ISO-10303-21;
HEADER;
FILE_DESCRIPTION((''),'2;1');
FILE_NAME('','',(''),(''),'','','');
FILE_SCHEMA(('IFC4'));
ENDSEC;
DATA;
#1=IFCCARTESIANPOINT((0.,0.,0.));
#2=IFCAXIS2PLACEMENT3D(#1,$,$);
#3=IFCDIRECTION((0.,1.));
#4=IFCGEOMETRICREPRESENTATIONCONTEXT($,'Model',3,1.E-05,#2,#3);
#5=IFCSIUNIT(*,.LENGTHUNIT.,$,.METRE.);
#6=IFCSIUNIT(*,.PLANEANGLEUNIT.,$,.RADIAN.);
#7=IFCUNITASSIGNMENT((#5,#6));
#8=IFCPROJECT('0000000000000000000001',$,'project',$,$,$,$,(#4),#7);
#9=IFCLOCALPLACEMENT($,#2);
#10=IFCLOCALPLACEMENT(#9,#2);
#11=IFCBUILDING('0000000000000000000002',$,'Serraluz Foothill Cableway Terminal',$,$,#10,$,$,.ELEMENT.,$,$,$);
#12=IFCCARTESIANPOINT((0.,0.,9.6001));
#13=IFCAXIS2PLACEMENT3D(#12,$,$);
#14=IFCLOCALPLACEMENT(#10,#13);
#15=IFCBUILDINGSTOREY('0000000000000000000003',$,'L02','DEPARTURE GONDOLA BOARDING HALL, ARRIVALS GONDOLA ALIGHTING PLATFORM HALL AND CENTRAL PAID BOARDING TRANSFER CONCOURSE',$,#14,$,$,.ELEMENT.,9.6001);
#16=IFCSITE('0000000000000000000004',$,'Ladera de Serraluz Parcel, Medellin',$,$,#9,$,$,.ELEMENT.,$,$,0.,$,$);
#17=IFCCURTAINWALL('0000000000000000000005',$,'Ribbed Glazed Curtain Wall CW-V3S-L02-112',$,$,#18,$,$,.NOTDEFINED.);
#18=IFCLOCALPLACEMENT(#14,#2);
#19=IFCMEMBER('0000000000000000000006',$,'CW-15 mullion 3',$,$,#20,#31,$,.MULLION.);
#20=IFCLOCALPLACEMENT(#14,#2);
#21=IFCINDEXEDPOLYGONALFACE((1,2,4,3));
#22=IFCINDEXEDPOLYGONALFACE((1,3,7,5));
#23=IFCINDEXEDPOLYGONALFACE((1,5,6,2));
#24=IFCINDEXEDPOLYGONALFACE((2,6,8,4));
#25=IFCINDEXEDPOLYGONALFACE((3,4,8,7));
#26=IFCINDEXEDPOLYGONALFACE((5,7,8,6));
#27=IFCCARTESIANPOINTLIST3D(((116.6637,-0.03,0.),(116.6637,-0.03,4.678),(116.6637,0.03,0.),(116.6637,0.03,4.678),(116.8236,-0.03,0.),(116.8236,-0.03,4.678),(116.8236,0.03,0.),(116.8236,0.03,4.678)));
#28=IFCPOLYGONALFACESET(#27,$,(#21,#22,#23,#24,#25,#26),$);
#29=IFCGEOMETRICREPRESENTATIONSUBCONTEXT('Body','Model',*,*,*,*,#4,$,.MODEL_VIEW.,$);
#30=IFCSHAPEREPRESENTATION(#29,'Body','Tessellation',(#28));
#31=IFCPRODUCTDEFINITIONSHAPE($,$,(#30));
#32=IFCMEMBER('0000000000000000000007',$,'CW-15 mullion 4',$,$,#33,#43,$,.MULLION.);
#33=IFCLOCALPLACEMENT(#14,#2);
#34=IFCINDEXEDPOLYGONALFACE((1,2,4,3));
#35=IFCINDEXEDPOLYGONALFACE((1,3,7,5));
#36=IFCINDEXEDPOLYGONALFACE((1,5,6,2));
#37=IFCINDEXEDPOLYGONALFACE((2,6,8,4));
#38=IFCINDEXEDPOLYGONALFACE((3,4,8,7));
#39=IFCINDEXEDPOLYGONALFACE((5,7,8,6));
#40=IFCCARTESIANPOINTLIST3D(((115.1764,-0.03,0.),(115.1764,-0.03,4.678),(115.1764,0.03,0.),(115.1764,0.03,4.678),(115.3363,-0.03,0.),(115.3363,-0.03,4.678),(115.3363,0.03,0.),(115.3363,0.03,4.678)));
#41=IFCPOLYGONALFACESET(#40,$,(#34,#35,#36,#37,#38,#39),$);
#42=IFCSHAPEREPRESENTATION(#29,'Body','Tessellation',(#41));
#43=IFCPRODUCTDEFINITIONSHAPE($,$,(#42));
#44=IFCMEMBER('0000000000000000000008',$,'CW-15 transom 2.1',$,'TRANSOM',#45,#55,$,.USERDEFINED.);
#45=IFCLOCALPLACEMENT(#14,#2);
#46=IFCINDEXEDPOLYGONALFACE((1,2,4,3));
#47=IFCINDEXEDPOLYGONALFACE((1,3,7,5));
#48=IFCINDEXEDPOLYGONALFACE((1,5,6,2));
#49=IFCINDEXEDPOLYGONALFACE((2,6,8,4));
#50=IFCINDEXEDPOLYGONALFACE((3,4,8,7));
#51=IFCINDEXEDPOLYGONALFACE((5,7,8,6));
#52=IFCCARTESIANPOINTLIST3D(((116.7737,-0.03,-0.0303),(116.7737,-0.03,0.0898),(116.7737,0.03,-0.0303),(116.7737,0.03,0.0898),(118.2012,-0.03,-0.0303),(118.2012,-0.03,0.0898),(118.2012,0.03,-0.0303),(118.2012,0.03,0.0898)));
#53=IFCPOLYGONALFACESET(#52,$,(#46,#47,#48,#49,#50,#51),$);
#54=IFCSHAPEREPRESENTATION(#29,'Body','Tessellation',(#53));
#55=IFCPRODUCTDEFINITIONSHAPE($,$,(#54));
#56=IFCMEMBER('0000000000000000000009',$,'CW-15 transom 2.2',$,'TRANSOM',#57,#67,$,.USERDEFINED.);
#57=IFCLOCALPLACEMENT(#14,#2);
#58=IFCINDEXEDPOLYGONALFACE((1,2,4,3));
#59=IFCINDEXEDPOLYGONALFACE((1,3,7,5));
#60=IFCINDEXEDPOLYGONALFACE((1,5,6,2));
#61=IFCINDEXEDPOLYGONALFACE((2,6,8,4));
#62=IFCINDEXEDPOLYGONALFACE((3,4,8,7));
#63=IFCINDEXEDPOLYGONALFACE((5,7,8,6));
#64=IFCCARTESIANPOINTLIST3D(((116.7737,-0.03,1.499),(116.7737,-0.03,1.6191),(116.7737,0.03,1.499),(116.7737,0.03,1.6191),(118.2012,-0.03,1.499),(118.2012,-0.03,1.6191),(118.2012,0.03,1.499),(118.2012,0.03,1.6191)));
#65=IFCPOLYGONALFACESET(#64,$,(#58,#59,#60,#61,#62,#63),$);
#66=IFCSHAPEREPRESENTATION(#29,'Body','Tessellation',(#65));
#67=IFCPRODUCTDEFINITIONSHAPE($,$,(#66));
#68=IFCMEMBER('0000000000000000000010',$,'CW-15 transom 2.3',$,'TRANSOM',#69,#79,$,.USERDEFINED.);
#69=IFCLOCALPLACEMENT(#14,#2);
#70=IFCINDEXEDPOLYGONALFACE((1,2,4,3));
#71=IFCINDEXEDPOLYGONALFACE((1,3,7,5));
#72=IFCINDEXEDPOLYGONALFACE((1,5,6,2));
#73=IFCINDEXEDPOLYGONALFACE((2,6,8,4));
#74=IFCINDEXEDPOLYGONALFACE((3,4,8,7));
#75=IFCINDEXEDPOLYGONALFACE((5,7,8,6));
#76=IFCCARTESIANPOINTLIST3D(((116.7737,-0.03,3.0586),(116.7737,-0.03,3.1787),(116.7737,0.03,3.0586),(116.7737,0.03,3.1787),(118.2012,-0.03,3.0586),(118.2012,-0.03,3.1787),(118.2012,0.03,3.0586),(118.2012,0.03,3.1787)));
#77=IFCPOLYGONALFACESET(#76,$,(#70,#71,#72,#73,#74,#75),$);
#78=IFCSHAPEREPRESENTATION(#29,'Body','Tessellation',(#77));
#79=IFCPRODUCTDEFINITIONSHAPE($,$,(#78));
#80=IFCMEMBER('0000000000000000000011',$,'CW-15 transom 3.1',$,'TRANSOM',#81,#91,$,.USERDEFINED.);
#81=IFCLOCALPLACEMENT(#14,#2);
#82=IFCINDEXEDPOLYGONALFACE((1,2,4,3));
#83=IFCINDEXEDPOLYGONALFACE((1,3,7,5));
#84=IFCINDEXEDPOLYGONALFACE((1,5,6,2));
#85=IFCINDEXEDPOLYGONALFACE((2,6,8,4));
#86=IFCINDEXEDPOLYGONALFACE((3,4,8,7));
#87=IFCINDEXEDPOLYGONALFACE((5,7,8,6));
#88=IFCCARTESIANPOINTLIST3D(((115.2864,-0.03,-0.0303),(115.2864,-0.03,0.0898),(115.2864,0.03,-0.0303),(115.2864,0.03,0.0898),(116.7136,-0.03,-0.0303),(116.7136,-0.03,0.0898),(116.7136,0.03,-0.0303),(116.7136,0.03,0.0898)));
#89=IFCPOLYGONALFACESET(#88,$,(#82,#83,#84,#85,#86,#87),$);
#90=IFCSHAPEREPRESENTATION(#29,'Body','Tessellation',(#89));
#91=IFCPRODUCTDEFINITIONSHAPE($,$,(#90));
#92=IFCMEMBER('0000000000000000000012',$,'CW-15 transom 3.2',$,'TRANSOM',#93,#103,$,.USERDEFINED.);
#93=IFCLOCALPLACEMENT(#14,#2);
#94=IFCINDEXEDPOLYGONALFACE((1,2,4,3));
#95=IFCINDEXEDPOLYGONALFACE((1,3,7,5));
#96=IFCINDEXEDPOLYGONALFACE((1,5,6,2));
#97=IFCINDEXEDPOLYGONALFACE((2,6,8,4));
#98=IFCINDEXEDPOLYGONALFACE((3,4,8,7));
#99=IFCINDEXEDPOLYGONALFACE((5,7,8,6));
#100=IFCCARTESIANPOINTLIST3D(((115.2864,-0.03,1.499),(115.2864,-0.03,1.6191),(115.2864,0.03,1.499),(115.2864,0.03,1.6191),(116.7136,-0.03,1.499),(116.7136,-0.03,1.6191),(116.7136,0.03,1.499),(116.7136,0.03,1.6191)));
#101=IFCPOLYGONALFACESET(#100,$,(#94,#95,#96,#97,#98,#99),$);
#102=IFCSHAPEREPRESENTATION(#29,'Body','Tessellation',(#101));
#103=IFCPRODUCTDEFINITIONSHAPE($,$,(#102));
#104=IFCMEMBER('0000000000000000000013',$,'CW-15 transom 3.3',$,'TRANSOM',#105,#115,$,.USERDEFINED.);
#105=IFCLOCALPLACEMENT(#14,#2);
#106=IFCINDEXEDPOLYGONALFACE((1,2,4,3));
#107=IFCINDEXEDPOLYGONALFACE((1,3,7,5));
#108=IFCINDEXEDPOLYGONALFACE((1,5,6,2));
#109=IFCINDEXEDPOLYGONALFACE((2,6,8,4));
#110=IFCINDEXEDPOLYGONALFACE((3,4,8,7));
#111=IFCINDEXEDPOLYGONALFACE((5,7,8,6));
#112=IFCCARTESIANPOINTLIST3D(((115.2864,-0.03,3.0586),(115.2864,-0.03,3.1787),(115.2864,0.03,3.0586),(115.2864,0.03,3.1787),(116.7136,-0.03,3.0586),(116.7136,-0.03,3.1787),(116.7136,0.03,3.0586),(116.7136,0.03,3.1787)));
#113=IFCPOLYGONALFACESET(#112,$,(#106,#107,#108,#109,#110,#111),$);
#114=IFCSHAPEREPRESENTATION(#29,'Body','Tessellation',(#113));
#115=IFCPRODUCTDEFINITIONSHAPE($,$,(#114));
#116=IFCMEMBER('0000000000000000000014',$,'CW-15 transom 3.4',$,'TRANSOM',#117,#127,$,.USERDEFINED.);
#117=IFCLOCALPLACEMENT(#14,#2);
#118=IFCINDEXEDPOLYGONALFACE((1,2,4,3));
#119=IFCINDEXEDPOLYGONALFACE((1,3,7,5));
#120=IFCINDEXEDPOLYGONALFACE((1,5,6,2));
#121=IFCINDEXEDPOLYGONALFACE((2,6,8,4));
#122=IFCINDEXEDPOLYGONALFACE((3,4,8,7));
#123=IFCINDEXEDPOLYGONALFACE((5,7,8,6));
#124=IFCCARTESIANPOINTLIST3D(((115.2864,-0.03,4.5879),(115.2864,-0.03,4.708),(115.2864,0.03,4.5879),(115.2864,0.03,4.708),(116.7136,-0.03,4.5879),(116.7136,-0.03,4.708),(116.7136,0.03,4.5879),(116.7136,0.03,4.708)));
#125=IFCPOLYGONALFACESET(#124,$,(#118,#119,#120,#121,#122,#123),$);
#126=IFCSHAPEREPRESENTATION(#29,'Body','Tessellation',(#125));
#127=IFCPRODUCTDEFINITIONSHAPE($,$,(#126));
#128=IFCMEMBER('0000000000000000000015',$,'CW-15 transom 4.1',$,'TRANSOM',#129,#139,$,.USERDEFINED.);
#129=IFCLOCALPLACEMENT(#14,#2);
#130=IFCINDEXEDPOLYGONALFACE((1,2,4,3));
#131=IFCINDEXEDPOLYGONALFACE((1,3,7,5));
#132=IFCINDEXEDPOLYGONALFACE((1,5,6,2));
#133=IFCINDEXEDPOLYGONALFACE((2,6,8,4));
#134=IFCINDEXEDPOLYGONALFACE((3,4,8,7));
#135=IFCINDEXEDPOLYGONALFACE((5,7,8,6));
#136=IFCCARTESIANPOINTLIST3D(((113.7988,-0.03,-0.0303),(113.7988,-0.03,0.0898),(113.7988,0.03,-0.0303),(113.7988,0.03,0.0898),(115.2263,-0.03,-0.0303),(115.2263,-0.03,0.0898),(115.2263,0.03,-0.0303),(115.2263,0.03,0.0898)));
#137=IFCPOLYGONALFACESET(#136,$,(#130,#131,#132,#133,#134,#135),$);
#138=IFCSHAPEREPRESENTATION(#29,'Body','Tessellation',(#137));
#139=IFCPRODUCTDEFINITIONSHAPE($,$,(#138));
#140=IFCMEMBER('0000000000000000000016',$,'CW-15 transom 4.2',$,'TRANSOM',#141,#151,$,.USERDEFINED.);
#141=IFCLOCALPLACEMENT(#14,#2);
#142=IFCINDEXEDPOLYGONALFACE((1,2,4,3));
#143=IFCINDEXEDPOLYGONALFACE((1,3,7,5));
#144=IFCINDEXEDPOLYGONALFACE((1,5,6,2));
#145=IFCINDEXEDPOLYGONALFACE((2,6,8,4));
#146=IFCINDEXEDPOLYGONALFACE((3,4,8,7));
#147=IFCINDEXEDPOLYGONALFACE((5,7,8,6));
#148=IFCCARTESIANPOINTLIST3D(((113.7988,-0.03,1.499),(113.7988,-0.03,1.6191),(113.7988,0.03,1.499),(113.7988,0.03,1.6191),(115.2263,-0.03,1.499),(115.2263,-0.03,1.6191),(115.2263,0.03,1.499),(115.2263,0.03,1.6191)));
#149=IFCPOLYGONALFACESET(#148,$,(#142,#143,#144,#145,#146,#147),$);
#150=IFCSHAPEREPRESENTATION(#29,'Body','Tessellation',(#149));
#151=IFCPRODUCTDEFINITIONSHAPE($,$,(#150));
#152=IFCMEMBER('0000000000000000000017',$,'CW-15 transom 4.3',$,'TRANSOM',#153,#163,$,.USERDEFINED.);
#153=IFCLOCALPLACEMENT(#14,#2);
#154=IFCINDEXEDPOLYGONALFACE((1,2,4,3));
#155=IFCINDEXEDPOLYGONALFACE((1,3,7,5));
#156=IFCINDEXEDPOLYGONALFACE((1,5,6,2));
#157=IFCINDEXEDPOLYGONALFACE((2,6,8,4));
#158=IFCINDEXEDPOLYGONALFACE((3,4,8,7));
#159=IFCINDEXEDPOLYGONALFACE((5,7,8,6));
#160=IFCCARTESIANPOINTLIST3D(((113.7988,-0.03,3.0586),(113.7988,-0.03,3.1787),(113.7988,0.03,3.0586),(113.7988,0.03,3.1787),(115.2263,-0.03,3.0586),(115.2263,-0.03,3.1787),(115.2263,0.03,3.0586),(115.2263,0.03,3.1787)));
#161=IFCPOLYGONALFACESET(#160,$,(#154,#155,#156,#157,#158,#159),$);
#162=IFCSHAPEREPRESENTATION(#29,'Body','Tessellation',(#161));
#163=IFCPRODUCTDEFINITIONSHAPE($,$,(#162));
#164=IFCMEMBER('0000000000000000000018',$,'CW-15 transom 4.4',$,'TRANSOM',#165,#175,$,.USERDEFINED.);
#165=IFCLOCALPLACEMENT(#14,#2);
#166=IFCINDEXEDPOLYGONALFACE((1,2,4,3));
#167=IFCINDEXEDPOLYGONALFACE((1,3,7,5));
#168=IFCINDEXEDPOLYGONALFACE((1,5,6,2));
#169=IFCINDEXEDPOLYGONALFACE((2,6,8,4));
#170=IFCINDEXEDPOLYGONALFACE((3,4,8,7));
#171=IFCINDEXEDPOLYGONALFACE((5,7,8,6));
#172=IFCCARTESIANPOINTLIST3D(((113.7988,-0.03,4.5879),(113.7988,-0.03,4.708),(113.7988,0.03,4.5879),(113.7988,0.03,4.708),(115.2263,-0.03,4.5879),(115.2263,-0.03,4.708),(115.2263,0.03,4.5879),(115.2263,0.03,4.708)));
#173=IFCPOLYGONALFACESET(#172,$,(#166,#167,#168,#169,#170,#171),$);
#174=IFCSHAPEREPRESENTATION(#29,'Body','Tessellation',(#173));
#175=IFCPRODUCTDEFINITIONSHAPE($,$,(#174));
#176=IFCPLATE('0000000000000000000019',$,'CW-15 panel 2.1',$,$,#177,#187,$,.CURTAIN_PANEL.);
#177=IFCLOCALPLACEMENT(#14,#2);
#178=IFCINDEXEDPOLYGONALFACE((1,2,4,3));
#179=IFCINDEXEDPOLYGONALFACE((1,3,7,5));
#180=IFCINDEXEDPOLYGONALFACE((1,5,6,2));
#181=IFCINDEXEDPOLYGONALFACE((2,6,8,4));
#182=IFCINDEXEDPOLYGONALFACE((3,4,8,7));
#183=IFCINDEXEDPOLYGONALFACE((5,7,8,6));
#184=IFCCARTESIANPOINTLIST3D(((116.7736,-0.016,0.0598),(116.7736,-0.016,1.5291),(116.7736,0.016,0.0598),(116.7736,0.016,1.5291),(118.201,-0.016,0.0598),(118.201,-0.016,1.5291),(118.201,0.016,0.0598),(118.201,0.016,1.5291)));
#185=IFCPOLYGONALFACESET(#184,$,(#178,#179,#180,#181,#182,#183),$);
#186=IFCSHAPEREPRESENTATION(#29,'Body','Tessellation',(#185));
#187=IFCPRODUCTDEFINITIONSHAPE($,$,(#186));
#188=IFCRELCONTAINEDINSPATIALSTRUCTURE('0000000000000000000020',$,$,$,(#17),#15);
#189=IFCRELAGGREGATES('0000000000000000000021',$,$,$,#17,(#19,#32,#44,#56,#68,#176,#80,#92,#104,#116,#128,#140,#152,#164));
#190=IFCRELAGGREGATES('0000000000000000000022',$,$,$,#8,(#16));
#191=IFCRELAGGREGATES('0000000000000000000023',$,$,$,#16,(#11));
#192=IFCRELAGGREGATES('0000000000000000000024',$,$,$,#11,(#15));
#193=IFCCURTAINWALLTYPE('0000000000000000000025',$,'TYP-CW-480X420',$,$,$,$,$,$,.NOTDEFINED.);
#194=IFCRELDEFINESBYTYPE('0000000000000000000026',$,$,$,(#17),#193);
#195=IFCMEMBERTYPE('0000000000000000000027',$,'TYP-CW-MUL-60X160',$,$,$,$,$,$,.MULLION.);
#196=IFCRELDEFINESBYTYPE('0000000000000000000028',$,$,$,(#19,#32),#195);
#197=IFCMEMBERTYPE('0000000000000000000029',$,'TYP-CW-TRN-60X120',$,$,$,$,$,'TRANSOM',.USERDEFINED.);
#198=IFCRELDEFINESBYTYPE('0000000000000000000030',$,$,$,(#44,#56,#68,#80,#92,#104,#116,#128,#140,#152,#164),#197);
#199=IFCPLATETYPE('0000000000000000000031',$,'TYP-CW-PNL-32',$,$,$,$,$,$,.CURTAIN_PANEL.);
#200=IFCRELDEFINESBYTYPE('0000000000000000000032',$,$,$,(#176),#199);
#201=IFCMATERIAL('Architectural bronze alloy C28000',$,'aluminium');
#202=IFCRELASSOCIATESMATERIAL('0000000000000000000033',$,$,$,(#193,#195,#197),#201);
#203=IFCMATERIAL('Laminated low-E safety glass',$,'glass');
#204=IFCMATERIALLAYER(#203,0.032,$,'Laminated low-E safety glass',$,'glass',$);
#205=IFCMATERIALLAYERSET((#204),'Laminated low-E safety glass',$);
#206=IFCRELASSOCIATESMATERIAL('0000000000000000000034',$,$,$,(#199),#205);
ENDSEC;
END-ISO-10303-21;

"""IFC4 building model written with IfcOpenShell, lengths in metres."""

from ifc_helpers import new_model, si_unit, direction, frame, origin, origin_2d, place, context, subcontext, project, spatial, rectangle, extrude, material, layer, layer_set, material_profile, profile_set, type_object, element, aggregate, save


model = new_model("IFC4")

# Units and contexts
model_context = context("Model", 3, precision=1e-05, world=origin(), true_north=direction((0.0, 1.0)))
body_context = subcontext(model_context, "Body", "Model", "MODEL_VIEW")
ifc_project = project(units=[si_unit("LENGTHUNIT", "METRE"), si_unit("PLANEANGLEUNIT", "RADIAN")], contexts=[model_context])

# Site, building, storey
site_placement = place(None, origin())
site = spatial("IfcSite", under=ifc_project, at=site_placement, Name="Ladera de Serraluz Parcel, Medellin", CompositionType="ELEMENT", RefElevation=0.0)
building_placement = place(site_placement, origin())
building = spatial("IfcBuilding", under=site, at=building_placement, Name="Serraluz Foothill Cableway Terminal", CompositionType="ELEMENT")
storey_placement = place(building_placement, frame((0.0, 0.0, 9.6001)))
storey = spatial("IfcBuildingStorey", under=building, at=storey_placement, Name="L02", Description="DEPARTURE GONDOLA BOARDING HALL, ARRIVALS GONDOLA ALIGHTING PLATFORM HALL AND CENTRAL PAID BOARDING TRANSFER CONCOURSE", CompositionType="ELEMENT", Elevation=9.6001)

# Curtain wall, members, plate
ifc_material_1 = material(Name="Architectural bronze alloy C28000", Category="aluminium")
curtain_wall_type = type_object("IfcCurtainWallType", Name="TYP-CW-480X420", PredefinedType="NOTDEFINED", material=ifc_material_1)
curtain_wall_placement = place(storey_placement, origin())
curtain_wall = element("IfcCurtainWall", 1, at=curtain_wall_placement, inside=storey, type_object=curtain_wall_type, Name="Ribbed Glazed Curtain Wall CW-V3S-L02-112", PredefinedType="NOTDEFINED")
ifc_material_profile_1 = material_profile(ifc_material_1, rectangle(XDim=0.0601, YDim=0.1599, at=origin_2d()), Name="ALU MULLION 60x160")
ifc_profile_set_1 = profile_set([ifc_material_profile_1], Name="Architectural bronze alloy C28000")
member_type_1 = type_object("IfcMemberType", Name="TYP-CW-MUL-60X160", PredefinedType="MULLION", material=ifc_profile_set_1)
member_1_placement = place(storey_placement, frame((116.7437, 0.0, 0.0), z_axis=(0.0, 0.0, 1.0), x_axis=(0.0, -1.0, 0.0)))
member_1 = element("IfcMember", 2, at=member_1_placement, type_object=member_type_1, Name="CW-15 mullion 3", PredefinedType="MULLION", context=body_context, shape_type="SweptSolid", body=[
    extrude(rectangle(XDim=0.0601, YDim=0.1599, at=origin_2d()), origin(), (0.0, 0.0, 1.0), 4.678),
])
member_2_placement = place(storey_placement, frame((115.2563, 0.0, 0.0), z_axis=(0.0, 0.0, 1.0), x_axis=(0.0, -1.0, 0.0)))
member_2 = element("IfcMember", 3, at=member_2_placement, type_object=member_type_1, Name="CW-15 mullion 4", PredefinedType="MULLION", context=body_context, shape_type="SweptSolid", body=[
    extrude(rectangle(XDim=0.0601, YDim=0.1599, at=origin_2d()), origin(), (0.0, 0.0, 1.0), 4.678),
])
ifc_material_profile_2 = material_profile(ifc_material_1, rectangle(XDim=0.0601, YDim=0.1201, at=origin_2d()), Name="ALU TRANSOM 60x120")
ifc_profile_set_2 = profile_set([ifc_material_profile_2], Name="Architectural bronze alloy C28000")
member_type_2 = type_object("IfcMemberType", Name="TYP-CW-TRN-60X120", ElementType="TRANSOM", PredefinedType="USERDEFINED", material=ifc_profile_set_2)
member_3_placement = place(storey_placement, frame((118.2012, 0.0, 0.0298), z_axis=(-1.0, 0.0, 0.0), x_axis=(0.0, -1.0, 0.0)))
member_3 = element("IfcMember", 4, at=member_3_placement, type_object=member_type_2, Name="CW-15 transom 2.1", ObjectType="TRANSOM", PredefinedType="USERDEFINED", context=body_context, shape_type="SweptSolid", body=[
    extrude(rectangle(XDim=0.0601, YDim=0.1201, at=origin_2d()), origin(), (0.0, 0.0, 1.0), 1.4275),
])
member_4_placement = place(storey_placement, frame((118.2012, 0.0, 1.5591), z_axis=(-1.0, 0.0, 0.0), x_axis=(0.0, -1.0, 0.0)))
member_4 = element("IfcMember", 5, at=member_4_placement, type_object=member_type_2, Name="CW-15 transom 2.2", ObjectType="TRANSOM", PredefinedType="USERDEFINED", context=body_context, shape_type="SweptSolid", body=[
    extrude(rectangle(XDim=0.0601, YDim=0.1201, at=origin_2d()), origin(), (0.0, 0.0, 1.0), 1.4275),
])
member_5_placement = place(storey_placement, frame((118.2012, 0.0, 3.1187), z_axis=(-1.0, 0.0, 0.0), x_axis=(0.0, -1.0, 0.0)))
member_5 = element("IfcMember", 6, at=member_5_placement, type_object=member_type_2, Name="CW-15 transom 2.3", ObjectType="TRANSOM", PredefinedType="USERDEFINED", context=body_context, shape_type="SweptSolid", body=[
    extrude(rectangle(XDim=0.0601, YDim=0.1201, at=origin_2d()), origin(), (0.0, 0.0, 1.0), 1.4275),
])
member_6_placement = place(storey_placement, frame((116.7136, 0.0, 0.0298), z_axis=(-1.0, 0.0, 0.0), x_axis=(0.0, -1.0, 0.0)))
member_6 = element("IfcMember", 7, at=member_6_placement, type_object=member_type_2, Name="CW-15 transom 3.1", ObjectType="TRANSOM", PredefinedType="USERDEFINED", context=body_context, shape_type="SweptSolid", body=[
    extrude(rectangle(XDim=0.0601, YDim=0.1201, at=origin_2d()), origin(), (0.0, 0.0, 1.0), 1.4272),
])
member_7_placement = place(storey_placement, frame((116.7136, 0.0, 1.5591), z_axis=(-1.0, 0.0, 0.0), x_axis=(0.0, -1.0, 0.0)))
member_7 = element("IfcMember", 8, at=member_7_placement, type_object=member_type_2, Name="CW-15 transom 3.2", ObjectType="TRANSOM", PredefinedType="USERDEFINED", context=body_context, shape_type="SweptSolid", body=[
    extrude(rectangle(XDim=0.0601, YDim=0.1201, at=origin_2d()), origin(), (0.0, 0.0, 1.0), 1.4272),
])
member_8_placement = place(storey_placement, frame((116.7136, 0.0, 3.1187), z_axis=(-1.0, 0.0, 0.0), x_axis=(0.0, -1.0, 0.0)))
member_8 = element("IfcMember", 9, at=member_8_placement, type_object=member_type_2, Name="CW-15 transom 3.3", ObjectType="TRANSOM", PredefinedType="USERDEFINED", context=body_context, shape_type="SweptSolid", body=[
    extrude(rectangle(XDim=0.0601, YDim=0.1201, at=origin_2d()), origin(), (0.0, 0.0, 1.0), 1.4272),
])
member_9_placement = place(storey_placement, frame((116.7136, 0.0, 4.6479), z_axis=(-1.0, 0.0, 0.0), x_axis=(0.0, -1.0, 0.0)))
member_9 = element("IfcMember", 10, at=member_9_placement, type_object=member_type_2, Name="CW-15 transom 3.4", ObjectType="TRANSOM", PredefinedType="USERDEFINED", context=body_context, shape_type="SweptSolid", body=[
    extrude(rectangle(XDim=0.0601, YDim=0.1201, at=origin_2d()), origin(), (0.0, 0.0, 1.0), 1.4272),
])
member_10_placement = place(storey_placement, frame((115.2263, 0.0, 0.0298), z_axis=(-1.0, 0.0, 0.0), x_axis=(0.0, -1.0, 0.0)))
member_10 = element("IfcMember", 11, at=member_10_placement, type_object=member_type_2, Name="CW-15 transom 4.1", ObjectType="TRANSOM", PredefinedType="USERDEFINED", context=body_context, shape_type="SweptSolid", body=[
    extrude(rectangle(XDim=0.0601, YDim=0.1201, at=origin_2d()), origin(), (0.0, 0.0, 1.0), 1.4275),
])
member_11_placement = place(storey_placement, frame((115.2263, 0.0, 1.5591), z_axis=(-1.0, 0.0, 0.0), x_axis=(0.0, -1.0, 0.0)))
member_11 = element("IfcMember", 12, at=member_11_placement, type_object=member_type_2, Name="CW-15 transom 4.2", ObjectType="TRANSOM", PredefinedType="USERDEFINED", context=body_context, shape_type="SweptSolid", body=[
    extrude(rectangle(XDim=0.0601, YDim=0.1201, at=origin_2d()), origin(), (0.0, 0.0, 1.0), 1.4275),
])
member_12_placement = place(storey_placement, frame((115.2263, 0.0, 3.1187), z_axis=(-1.0, 0.0, 0.0), x_axis=(0.0, -1.0, 0.0)))
member_12 = element("IfcMember", 13, at=member_12_placement, type_object=member_type_2, Name="CW-15 transom 4.3", ObjectType="TRANSOM", PredefinedType="USERDEFINED", context=body_context, shape_type="SweptSolid", body=[
    extrude(rectangle(XDim=0.0601, YDim=0.1201, at=origin_2d()), origin(), (0.0, 0.0, 1.0), 1.4275),
])
member_13_placement = place(storey_placement, frame((115.2263, 0.0, 4.6479), z_axis=(-1.0, 0.0, 0.0), x_axis=(0.0, -1.0, 0.0)))
member_13 = element("IfcMember", 14, at=member_13_placement, type_object=member_type_2, Name="CW-15 transom 4.4", ObjectType="TRANSOM", PredefinedType="USERDEFINED", context=body_context, shape_type="SweptSolid", body=[
    extrude(rectangle(XDim=0.0601, YDim=0.1201, at=origin_2d()), origin(), (0.0, 0.0, 1.0), 1.4275),
])
ifc_material_2 = material(Name="Laminated low-E safety glass", Category="glass")
ifc_layer = layer(ifc_material_2, 0.032, Name="Laminated low-E safety glass", Category="glass")
ifc_layer_set = layer_set([ifc_layer], Name="Laminated low-E safety glass")
plate_type = type_object("IfcPlateType", Name="TYP-CW-PNL-32", PredefinedType="CURTAIN_PANEL", material=ifc_layer_set)
plate_1_placement = place(storey_placement, frame((117.4873, 0.0, 0.0598), z_axis=(0.0, 0.0, 1.0), x_axis=(-1.0, 0.0, 0.0)))
plate_1 = element("IfcPlate", 15, at=plate_1_placement, type_object=plate_type, Name="CW-15 panel 2.1", PredefinedType="CURTAIN_PANEL", context=body_context, shape_type="SweptSolid", body=[
    extrude(rectangle(XDim=1.4275, YDim=0.032, at=origin_2d()), origin(), (0.0, 0.0, 1.0), 1.4692),
])
aggregate(curtain_wall, [member_1, member_2, member_3, member_4, member_5, plate_1, member_6, member_7, member_8, member_9, member_10, member_11, member_12, member_13])

save(model, "model.ifc")
